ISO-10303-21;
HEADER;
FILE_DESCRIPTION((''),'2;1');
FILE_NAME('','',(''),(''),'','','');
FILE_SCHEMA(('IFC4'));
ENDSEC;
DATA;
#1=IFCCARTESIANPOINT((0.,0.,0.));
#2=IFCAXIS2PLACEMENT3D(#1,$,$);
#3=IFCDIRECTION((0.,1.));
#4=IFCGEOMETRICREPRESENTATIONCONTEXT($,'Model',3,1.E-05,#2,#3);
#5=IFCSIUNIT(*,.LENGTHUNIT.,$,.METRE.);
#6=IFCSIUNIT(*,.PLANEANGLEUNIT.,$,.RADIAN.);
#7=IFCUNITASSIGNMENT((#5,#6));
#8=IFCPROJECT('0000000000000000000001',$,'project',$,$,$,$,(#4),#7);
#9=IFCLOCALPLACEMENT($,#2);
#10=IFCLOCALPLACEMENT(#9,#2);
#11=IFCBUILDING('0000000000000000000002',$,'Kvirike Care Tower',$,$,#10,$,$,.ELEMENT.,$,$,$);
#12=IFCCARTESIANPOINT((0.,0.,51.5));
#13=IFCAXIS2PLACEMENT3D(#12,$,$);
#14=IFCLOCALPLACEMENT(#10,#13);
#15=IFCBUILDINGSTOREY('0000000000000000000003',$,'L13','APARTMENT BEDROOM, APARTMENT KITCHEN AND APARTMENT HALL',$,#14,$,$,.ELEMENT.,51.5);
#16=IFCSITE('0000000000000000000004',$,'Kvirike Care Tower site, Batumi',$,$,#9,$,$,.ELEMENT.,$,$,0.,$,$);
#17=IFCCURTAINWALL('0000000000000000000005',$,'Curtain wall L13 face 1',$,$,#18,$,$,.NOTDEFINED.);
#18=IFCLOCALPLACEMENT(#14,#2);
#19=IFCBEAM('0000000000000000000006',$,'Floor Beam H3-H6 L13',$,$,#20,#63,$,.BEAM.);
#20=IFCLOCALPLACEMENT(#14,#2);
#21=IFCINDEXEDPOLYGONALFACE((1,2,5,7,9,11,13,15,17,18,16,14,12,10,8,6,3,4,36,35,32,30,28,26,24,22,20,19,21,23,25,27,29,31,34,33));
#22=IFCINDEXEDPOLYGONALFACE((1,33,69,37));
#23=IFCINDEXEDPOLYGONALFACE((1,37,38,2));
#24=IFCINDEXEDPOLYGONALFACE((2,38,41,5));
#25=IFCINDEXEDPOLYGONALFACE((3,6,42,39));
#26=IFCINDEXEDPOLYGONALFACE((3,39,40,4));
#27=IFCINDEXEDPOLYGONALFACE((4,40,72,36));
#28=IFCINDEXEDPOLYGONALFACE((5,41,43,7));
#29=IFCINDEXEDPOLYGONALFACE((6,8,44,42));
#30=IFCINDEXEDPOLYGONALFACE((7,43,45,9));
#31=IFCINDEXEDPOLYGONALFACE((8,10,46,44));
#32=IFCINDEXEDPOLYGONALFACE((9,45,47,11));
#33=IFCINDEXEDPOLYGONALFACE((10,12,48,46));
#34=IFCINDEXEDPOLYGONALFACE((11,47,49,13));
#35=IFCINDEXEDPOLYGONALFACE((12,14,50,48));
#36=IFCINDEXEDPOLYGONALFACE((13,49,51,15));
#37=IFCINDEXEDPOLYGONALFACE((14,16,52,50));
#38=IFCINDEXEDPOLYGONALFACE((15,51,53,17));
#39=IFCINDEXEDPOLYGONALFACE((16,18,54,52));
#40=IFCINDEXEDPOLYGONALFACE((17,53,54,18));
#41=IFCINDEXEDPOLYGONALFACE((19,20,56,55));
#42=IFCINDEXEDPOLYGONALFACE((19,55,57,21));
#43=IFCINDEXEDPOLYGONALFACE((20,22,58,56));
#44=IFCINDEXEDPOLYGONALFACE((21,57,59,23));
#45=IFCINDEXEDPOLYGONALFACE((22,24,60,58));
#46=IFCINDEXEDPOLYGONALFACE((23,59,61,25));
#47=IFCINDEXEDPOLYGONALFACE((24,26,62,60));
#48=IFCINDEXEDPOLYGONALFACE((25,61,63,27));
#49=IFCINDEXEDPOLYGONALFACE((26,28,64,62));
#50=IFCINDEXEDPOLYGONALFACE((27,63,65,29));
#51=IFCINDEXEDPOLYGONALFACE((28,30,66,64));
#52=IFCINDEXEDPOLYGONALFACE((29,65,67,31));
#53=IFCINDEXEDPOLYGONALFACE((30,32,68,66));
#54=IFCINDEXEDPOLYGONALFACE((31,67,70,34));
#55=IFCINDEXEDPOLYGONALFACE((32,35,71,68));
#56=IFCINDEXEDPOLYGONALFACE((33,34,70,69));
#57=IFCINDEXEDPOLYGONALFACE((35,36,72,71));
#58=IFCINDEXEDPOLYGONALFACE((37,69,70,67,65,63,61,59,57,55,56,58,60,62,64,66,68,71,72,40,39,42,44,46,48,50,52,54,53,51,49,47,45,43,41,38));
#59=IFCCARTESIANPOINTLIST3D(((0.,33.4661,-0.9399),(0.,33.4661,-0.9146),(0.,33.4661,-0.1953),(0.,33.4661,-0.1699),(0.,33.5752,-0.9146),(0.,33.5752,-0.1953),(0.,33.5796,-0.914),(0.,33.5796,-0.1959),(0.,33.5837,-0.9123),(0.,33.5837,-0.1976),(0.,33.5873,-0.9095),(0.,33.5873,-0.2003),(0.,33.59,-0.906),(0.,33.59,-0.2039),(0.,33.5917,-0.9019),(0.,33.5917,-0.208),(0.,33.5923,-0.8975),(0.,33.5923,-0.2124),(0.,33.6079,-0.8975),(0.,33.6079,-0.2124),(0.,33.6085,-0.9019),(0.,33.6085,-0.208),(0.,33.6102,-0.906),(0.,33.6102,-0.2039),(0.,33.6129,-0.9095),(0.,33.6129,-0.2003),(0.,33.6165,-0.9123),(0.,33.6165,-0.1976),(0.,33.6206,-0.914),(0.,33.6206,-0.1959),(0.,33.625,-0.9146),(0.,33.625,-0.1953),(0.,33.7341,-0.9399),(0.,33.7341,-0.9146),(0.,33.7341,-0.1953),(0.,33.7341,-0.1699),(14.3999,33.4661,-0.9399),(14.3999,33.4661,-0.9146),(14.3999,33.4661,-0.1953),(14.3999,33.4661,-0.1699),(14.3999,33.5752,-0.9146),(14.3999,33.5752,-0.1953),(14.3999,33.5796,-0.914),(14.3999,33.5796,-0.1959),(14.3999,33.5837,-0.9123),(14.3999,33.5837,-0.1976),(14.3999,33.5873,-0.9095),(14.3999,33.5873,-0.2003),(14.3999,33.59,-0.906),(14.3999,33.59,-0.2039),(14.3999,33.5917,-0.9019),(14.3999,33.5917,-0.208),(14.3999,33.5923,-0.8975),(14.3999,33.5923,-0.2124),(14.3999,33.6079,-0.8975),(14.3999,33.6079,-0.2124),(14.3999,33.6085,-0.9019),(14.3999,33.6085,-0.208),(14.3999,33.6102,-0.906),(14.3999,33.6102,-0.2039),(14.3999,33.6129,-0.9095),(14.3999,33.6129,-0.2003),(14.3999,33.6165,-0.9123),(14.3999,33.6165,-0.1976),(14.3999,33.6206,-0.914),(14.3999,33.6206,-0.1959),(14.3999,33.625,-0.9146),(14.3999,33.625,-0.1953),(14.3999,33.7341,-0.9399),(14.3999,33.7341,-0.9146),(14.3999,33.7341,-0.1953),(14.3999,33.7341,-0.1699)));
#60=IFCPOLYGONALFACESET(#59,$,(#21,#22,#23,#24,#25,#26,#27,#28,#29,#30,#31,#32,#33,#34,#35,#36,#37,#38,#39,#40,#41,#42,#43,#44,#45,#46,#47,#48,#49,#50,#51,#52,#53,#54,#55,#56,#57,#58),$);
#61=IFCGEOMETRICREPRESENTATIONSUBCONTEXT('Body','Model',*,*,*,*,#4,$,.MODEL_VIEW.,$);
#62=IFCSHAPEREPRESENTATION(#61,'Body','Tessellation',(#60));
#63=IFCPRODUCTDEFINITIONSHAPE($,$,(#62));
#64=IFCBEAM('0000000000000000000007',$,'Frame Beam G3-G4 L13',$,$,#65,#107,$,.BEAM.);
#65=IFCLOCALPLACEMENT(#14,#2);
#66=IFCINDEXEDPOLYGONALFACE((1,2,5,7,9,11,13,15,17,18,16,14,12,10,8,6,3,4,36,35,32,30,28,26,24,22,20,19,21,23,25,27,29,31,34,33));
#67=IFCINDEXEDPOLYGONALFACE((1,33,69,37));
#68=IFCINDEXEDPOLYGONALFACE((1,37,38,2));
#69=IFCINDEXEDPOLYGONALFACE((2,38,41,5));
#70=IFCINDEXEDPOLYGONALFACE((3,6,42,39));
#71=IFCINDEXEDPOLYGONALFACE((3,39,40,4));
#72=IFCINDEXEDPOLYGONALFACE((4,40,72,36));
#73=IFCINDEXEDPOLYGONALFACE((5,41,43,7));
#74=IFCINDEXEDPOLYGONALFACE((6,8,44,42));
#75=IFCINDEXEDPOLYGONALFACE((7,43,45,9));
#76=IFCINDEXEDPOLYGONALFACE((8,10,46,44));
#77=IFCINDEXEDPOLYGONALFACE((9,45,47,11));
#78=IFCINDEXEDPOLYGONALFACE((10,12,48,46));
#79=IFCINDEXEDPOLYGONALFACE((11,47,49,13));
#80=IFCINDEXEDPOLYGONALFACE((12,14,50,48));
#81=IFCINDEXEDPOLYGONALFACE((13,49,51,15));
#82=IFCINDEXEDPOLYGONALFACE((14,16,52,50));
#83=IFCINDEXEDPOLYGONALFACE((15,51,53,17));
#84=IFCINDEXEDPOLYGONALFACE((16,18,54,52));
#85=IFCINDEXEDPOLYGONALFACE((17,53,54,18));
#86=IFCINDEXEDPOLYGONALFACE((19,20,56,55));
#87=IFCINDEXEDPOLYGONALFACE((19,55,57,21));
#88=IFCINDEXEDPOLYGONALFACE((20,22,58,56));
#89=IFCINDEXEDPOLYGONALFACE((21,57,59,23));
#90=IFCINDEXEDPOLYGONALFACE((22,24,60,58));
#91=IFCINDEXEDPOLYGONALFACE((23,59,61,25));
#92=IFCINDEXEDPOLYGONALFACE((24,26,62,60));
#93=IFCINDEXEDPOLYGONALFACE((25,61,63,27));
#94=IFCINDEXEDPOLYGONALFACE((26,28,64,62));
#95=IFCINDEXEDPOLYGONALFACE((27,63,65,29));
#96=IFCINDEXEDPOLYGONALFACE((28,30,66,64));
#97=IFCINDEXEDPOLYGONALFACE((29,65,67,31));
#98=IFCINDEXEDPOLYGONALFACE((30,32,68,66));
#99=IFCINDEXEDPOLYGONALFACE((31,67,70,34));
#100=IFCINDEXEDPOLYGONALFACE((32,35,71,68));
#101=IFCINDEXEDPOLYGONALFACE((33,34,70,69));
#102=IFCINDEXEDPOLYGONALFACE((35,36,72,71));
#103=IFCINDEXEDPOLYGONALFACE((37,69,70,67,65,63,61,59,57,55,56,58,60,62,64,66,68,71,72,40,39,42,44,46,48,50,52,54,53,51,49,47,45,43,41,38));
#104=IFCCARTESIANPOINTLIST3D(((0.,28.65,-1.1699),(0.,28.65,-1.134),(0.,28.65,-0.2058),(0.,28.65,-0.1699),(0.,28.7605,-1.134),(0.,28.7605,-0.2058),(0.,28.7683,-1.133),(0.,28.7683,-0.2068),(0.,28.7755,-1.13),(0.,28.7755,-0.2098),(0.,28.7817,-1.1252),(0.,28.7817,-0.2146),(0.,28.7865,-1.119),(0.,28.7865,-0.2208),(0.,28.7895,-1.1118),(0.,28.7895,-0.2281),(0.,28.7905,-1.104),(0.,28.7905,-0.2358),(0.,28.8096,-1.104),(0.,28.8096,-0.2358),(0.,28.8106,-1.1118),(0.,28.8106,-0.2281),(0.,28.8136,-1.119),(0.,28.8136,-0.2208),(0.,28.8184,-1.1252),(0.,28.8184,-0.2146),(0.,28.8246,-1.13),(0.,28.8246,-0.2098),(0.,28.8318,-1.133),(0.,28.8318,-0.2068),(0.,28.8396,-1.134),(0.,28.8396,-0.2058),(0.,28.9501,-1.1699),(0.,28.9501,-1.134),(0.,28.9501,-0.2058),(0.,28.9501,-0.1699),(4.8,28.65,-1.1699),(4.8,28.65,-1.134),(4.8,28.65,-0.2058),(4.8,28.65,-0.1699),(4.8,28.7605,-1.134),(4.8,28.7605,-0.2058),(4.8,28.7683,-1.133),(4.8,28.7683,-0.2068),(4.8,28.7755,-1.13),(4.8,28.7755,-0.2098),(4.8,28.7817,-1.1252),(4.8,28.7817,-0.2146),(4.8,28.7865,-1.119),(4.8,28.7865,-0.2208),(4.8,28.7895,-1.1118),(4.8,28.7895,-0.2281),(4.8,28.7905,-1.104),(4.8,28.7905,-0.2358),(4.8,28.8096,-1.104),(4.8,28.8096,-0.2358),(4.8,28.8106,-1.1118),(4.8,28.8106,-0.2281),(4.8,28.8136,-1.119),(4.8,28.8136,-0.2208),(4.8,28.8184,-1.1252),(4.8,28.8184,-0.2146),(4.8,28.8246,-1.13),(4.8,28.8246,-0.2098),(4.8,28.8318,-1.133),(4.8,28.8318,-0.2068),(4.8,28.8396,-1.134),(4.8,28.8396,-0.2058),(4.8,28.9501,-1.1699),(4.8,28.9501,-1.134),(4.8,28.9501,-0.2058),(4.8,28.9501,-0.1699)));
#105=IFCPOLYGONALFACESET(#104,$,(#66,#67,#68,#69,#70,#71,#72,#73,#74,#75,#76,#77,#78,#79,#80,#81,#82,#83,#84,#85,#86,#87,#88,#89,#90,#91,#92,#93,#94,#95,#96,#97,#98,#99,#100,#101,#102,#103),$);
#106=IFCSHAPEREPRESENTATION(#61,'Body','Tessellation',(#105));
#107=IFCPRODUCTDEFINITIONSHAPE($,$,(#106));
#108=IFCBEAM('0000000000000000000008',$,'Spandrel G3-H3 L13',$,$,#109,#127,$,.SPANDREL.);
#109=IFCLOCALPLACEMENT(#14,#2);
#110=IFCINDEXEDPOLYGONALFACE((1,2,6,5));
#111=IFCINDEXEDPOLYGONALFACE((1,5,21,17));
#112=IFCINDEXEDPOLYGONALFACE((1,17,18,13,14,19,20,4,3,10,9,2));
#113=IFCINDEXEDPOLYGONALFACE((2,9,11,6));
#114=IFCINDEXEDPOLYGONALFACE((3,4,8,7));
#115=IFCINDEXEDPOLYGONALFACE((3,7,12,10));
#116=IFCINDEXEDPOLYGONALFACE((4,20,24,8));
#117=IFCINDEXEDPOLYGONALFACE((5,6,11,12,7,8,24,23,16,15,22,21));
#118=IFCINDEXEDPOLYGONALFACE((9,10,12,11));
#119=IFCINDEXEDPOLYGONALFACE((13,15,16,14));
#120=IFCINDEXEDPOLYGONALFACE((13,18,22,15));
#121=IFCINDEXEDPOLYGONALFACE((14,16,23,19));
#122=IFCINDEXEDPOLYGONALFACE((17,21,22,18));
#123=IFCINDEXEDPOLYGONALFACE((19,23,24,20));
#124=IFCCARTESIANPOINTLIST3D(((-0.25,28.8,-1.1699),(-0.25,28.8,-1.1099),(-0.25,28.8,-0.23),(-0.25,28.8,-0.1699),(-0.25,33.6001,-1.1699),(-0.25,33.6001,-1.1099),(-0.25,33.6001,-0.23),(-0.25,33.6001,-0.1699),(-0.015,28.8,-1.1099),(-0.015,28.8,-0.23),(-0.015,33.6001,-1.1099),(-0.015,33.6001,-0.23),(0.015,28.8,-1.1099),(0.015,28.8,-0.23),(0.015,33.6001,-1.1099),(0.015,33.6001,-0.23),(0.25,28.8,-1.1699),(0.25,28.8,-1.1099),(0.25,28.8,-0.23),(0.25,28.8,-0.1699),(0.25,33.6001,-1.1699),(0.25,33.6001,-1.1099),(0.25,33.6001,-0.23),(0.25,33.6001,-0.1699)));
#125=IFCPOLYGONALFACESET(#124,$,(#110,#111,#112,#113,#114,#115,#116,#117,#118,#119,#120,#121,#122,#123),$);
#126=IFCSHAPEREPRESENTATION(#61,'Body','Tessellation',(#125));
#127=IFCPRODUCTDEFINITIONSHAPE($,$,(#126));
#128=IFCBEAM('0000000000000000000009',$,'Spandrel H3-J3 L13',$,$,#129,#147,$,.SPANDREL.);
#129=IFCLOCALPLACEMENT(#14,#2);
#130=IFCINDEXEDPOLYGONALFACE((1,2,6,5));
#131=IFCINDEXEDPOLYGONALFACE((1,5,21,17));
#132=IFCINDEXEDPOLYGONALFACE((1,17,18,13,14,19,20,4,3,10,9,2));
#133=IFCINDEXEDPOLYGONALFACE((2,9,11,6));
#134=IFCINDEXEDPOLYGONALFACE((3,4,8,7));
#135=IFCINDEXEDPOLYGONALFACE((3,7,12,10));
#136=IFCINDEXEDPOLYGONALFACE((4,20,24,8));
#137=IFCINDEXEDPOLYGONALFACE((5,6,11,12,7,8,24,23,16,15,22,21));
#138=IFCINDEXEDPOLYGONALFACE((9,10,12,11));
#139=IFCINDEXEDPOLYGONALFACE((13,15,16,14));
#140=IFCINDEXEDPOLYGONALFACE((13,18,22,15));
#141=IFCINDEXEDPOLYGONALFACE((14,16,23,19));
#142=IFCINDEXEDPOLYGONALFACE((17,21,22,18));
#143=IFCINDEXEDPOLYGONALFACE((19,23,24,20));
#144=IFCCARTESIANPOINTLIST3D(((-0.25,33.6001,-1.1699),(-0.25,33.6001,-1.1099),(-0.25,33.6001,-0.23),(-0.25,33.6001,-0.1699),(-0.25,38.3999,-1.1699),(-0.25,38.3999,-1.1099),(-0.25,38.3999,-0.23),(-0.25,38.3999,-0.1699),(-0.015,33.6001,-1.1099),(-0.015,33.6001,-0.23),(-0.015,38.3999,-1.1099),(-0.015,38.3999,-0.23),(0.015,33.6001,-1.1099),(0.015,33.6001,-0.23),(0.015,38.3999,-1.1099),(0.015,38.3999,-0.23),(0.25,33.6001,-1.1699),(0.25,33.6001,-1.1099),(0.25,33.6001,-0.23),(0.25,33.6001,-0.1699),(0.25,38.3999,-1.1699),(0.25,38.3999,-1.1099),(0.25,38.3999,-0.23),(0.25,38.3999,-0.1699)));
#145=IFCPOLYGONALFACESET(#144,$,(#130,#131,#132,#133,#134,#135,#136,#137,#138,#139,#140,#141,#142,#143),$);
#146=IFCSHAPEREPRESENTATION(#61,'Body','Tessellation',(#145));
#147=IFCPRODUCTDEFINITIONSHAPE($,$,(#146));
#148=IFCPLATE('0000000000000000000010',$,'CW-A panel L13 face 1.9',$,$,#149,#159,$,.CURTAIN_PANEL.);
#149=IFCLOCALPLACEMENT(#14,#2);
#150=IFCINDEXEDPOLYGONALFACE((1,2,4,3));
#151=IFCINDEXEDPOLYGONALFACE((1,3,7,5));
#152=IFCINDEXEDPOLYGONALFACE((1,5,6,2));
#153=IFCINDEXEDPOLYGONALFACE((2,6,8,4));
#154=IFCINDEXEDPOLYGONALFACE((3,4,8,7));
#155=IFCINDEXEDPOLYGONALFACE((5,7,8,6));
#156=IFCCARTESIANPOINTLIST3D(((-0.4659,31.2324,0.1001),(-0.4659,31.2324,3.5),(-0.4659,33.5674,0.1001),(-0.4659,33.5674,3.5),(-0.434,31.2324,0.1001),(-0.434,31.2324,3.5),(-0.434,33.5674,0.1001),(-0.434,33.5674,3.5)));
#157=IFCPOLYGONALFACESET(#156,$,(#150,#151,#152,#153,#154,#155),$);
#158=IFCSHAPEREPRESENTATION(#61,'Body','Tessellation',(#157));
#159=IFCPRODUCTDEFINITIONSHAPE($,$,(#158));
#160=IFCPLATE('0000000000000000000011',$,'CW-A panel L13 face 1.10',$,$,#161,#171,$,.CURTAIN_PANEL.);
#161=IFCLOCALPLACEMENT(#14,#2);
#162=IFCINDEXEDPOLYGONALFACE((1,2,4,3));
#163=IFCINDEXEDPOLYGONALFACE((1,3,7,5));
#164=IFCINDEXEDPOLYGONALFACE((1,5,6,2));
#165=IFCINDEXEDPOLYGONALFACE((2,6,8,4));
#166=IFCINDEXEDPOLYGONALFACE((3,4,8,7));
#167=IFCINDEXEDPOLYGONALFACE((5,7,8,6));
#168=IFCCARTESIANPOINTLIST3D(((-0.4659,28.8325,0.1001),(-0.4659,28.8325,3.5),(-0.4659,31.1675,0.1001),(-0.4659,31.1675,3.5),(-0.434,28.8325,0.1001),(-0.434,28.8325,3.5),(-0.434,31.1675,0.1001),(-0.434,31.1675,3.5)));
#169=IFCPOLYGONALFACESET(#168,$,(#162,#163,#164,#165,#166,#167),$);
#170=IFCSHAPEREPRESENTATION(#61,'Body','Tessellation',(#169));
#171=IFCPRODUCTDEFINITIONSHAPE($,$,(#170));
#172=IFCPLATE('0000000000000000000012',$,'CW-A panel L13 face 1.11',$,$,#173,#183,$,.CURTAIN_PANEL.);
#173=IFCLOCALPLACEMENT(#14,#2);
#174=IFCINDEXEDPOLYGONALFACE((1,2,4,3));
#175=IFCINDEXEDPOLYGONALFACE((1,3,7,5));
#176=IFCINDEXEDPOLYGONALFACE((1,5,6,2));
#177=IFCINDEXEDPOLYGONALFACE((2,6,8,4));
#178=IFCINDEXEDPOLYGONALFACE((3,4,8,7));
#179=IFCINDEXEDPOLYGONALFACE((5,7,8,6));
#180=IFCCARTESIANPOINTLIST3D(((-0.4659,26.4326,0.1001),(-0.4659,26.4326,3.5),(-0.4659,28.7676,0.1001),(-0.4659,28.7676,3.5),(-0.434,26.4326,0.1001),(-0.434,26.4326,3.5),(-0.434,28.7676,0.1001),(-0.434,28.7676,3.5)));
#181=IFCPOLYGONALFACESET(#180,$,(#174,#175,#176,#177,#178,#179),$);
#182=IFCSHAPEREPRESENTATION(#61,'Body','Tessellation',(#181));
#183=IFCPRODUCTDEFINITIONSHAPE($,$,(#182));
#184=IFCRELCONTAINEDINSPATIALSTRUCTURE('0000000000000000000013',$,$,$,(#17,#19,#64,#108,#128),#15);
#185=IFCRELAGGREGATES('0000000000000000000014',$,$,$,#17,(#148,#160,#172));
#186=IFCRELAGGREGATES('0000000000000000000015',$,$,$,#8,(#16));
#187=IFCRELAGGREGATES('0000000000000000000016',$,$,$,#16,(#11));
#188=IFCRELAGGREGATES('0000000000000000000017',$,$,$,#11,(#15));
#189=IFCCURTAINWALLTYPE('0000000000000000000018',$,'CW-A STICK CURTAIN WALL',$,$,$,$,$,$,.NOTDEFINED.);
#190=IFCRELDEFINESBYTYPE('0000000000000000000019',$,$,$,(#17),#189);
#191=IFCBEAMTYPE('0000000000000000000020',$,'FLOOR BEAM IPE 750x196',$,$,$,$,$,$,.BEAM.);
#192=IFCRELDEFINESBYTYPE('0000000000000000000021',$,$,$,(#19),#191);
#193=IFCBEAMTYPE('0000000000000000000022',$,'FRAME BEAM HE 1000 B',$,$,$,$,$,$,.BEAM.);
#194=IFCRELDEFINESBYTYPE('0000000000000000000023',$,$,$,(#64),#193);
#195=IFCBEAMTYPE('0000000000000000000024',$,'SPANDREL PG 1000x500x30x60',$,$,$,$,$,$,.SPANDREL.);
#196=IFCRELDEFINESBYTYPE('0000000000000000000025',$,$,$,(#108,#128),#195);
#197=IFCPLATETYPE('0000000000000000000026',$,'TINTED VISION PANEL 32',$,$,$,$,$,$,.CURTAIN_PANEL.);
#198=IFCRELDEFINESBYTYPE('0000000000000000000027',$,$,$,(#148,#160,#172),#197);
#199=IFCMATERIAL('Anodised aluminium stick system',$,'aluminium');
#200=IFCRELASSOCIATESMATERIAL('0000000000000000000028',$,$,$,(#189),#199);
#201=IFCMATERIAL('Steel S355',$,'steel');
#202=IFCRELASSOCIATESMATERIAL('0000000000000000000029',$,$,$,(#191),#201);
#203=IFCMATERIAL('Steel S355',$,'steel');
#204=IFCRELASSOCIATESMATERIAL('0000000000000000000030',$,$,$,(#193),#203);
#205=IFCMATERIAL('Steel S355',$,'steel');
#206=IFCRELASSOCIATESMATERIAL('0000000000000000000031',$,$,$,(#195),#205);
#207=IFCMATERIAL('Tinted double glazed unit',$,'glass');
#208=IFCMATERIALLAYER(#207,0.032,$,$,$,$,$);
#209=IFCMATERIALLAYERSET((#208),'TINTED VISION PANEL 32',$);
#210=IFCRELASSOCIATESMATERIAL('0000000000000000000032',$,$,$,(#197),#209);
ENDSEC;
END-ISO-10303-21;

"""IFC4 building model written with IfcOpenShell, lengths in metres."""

from ifc_helpers import new_model, si_unit, direction, frame, origin, origin_2d, place, context, subcontext, project, spatial, rectangle, i_section, extrude, material, layer, layer_set, material_profile, profile_set, type_object, element, aggregate, save


model = new_model("IFC4")

# Units and contexts
model_context = context("Model", 3, precision=1e-05, world=origin(), true_north=direction((0.0, 1.0)))
body_context = subcontext(model_context, "Body", "Model", "MODEL_VIEW")
ifc_project = project(units=[si_unit("LENGTHUNIT", "METRE"), si_unit("PLANEANGLEUNIT", "RADIAN")], contexts=[model_context])

# Site, building, storey
site_placement = place(None, origin())
site = spatial("IfcSite", under=ifc_project, at=site_placement, Name="Kvirike Care Tower site, Batumi", CompositionType="ELEMENT", RefElevation=0.0)
building_placement = place(site_placement, origin())
building = spatial("IfcBuilding", under=site, at=building_placement, Name="Kvirike Care Tower", CompositionType="ELEMENT")
storey_placement = place(building_placement, frame((0.0, 0.0, 51.5)))
storey = spatial("IfcBuildingStorey", under=building, at=storey_placement, Name="L13", Description="APARTMENT BEDROOM, APARTMENT KITCHEN AND APARTMENT HALL", CompositionType="ELEMENT", Elevation=51.5)

# Curtain wall
ifc_material_1 = material(Name="Anodised aluminium stick system", Category="aluminium")
curtain_wall_type = type_object("IfcCurtainWallType", Name="CW-A STICK CURTAIN WALL", PredefinedType="NOTDEFINED", material=ifc_material_1)
curtain_wall_placement = place(storey_placement, origin())
curtain_wall = element("IfcCurtainWall", 1, at=curtain_wall_placement, inside=storey, type_object=curtain_wall_type, Name="Curtain wall L13 face 1", PredefinedType="NOTDEFINED")

# Beams
ifc_material_2 = material(Name="Steel S355", Category="steel")
ifc_material_profile_1 = material_profile(ifc_material_2, i_section(OverallWidth=0.2681, OverallDepth=0.77, WebThickness=0.0156, FlangeThickness=0.0254, FilletRadius=0.0171, at=origin_2d()), Name="IPE 750x196")
ifc_profile_set_1 = profile_set([ifc_material_profile_1], Name="Steel S355")
beam_type_1 = type_object("IfcBeamType", Name="FLOOR BEAM IPE 750x196", PredefinedType="BEAM", material=ifc_profile_set_1)
beam_1_placement = place(storey_placement, frame((0.0, 33.6001, -0.5549), z_axis=(1.0, 0.0, 0.0), x_axis=(0.0, 1.0, 0.0)))
element("IfcBeam", 2, at=beam_1_placement, inside=storey, type_object=beam_type_1, Name="Floor Beam H3-H6 L13", PredefinedType="BEAM", context=body_context, shape_type="SweptSolid", body=[
    extrude(i_section(OverallWidth=0.2681, OverallDepth=0.77, WebThickness=0.0156, FlangeThickness=0.0254, FilletRadius=0.0171, at=origin_2d()), origin(), (0.0, 0.0, 1.0), 14.3999),
])
ifc_material_3 = material(Name="Steel S355", Category="steel")
ifc_material_profile_2 = material_profile(ifc_material_3, i_section(OverallWidth=0.3, OverallDepth=1.0, WebThickness=0.019, FlangeThickness=0.0359, FilletRadius=0.03, at=origin_2d()), Name="HE 1000 B")
ifc_profile_set_2 = profile_set([ifc_material_profile_2], Name="Steel S355")
beam_type_2 = type_object("IfcBeamType", Name="FRAME BEAM HE 1000 B", PredefinedType="BEAM", material=ifc_profile_set_2)
beam_2_placement = place(storey_placement, frame((0.0, 28.8, -0.6699), z_axis=(1.0, 0.0, 0.0), x_axis=(0.0, 1.0, 0.0)))
element("IfcBeam", 3, at=beam_2_placement, inside=storey, type_object=beam_type_2, Name="Frame Beam G3-G4 L13", PredefinedType="BEAM", context=body_context, shape_type="SweptSolid", body=[
    extrude(i_section(OverallWidth=0.3, OverallDepth=1.0, WebThickness=0.019, FlangeThickness=0.0359, FilletRadius=0.03, at=origin_2d()), origin(), (0.0, 0.0, 1.0), 4.8),
])
ifc_material_4 = material(Name="Steel S355", Category="steel")
ifc_material_profile_3 = material_profile(ifc_material_4, i_section(OverallWidth=0.5, OverallDepth=1.0, WebThickness=0.03, FlangeThickness=0.0601, at=origin_2d()), Name="PG 1000x500x30x60")
ifc_profile_set_3 = profile_set([ifc_material_profile_3], Name="Steel S355")
beam_type_3 = type_object("IfcBeamType", Name="SPANDREL PG 1000x500x30x60", PredefinedType="SPANDREL", material=ifc_profile_set_3)
beam_3_placement = place(storey_placement, frame((0.0, 28.8, -0.6699), z_axis=(0.0, 1.0, 0.0), x_axis=(-1.0, 0.0, 0.0)))
element("IfcBeam", 4, at=beam_3_placement, inside=storey, type_object=beam_type_3, Name="Spandrel G3-H3 L13", PredefinedType="SPANDREL", context=body_context, shape_type="SweptSolid", body=[
    extrude(i_section(OverallWidth=0.5, OverallDepth=1.0, WebThickness=0.03, FlangeThickness=0.0601, at=origin_2d()), origin(), (0.0, 0.0, 1.0), 4.8),
])
beam_4_placement = place(storey_placement, frame((0.0, 33.6001, -0.6699), z_axis=(0.0, 1.0, 0.0), x_axis=(-1.0, 0.0, 0.0)))
element("IfcBeam", 5, at=beam_4_placement, inside=storey, type_object=beam_type_3, Name="Spandrel H3-J3 L13", PredefinedType="SPANDREL", context=body_context, shape_type="SweptSolid", body=[
    extrude(i_section(OverallWidth=0.5, OverallDepth=1.0, WebThickness=0.03, FlangeThickness=0.0601, at=origin_2d()), origin(), (0.0, 0.0, 1.0), 4.7998),
])

# Plates
ifc_material_5 = material(Name="Tinted double glazed unit", Category="glass")
ifc_layer_1 = layer(ifc_material_5, 0.032)
ifc_layer_set_1 = layer_set([ifc_layer_1], Name="TINTED VISION PANEL 32")
plate_type = type_object("IfcPlateType", Name="TINTED VISION PANEL 32", PredefinedType="CURTAIN_PANEL", material=ifc_layer_set_1)
plate_1_placement = place(storey_placement, frame((-0.45, 32.3999, 0.1001), z_axis=(0.0, 0.0, 1.0), x_axis=(0.0, -1.0, 0.0)))
plate_1 = element("IfcPlate", 6, at=plate_1_placement, type_object=plate_type, Name="CW-A panel L13 face 1.9", PredefinedType="CURTAIN_PANEL", context=body_context, shape_type="SweptSolid", body=[
    extrude(rectangle(XDim=2.335, YDim=0.032, at=origin_2d()), origin(), (0.0, 0.0, 1.0), 3.3999),
])
plate_2_placement = place(storey_placement, frame((-0.45, 30.0, 0.1001), z_axis=(0.0, 0.0, 1.0), x_axis=(0.0, -1.0, 0.0)))
plate_2 = element("IfcPlate", 7, at=plate_2_placement, type_object=plate_type, Name="CW-A panel L13 face 1.10", PredefinedType="CURTAIN_PANEL", context=body_context, shape_type="SweptSolid", body=[
    extrude(rectangle(XDim=2.335, YDim=0.032, at=origin_2d()), origin(), (0.0, 0.0, 1.0), 3.3999),
])
plate_3_placement = place(storey_placement, frame((-0.45, 27.6001, 0.1001), z_axis=(0.0, 0.0, 1.0), x_axis=(0.0, -1.0, 0.0)))
plate_3 = element("IfcPlate", 8, at=plate_3_placement, type_object=plate_type, Name="CW-A panel L13 face 1.11", PredefinedType="CURTAIN_PANEL", context=body_context, shape_type="SweptSolid", body=[
    extrude(rectangle(XDim=2.335, YDim=0.032, at=origin_2d()), origin(), (0.0, 0.0, 1.0), 3.3999),
])
aggregate(curtain_wall, [plate_1, plate_2, plate_3])

save(model, "model.ifc")
